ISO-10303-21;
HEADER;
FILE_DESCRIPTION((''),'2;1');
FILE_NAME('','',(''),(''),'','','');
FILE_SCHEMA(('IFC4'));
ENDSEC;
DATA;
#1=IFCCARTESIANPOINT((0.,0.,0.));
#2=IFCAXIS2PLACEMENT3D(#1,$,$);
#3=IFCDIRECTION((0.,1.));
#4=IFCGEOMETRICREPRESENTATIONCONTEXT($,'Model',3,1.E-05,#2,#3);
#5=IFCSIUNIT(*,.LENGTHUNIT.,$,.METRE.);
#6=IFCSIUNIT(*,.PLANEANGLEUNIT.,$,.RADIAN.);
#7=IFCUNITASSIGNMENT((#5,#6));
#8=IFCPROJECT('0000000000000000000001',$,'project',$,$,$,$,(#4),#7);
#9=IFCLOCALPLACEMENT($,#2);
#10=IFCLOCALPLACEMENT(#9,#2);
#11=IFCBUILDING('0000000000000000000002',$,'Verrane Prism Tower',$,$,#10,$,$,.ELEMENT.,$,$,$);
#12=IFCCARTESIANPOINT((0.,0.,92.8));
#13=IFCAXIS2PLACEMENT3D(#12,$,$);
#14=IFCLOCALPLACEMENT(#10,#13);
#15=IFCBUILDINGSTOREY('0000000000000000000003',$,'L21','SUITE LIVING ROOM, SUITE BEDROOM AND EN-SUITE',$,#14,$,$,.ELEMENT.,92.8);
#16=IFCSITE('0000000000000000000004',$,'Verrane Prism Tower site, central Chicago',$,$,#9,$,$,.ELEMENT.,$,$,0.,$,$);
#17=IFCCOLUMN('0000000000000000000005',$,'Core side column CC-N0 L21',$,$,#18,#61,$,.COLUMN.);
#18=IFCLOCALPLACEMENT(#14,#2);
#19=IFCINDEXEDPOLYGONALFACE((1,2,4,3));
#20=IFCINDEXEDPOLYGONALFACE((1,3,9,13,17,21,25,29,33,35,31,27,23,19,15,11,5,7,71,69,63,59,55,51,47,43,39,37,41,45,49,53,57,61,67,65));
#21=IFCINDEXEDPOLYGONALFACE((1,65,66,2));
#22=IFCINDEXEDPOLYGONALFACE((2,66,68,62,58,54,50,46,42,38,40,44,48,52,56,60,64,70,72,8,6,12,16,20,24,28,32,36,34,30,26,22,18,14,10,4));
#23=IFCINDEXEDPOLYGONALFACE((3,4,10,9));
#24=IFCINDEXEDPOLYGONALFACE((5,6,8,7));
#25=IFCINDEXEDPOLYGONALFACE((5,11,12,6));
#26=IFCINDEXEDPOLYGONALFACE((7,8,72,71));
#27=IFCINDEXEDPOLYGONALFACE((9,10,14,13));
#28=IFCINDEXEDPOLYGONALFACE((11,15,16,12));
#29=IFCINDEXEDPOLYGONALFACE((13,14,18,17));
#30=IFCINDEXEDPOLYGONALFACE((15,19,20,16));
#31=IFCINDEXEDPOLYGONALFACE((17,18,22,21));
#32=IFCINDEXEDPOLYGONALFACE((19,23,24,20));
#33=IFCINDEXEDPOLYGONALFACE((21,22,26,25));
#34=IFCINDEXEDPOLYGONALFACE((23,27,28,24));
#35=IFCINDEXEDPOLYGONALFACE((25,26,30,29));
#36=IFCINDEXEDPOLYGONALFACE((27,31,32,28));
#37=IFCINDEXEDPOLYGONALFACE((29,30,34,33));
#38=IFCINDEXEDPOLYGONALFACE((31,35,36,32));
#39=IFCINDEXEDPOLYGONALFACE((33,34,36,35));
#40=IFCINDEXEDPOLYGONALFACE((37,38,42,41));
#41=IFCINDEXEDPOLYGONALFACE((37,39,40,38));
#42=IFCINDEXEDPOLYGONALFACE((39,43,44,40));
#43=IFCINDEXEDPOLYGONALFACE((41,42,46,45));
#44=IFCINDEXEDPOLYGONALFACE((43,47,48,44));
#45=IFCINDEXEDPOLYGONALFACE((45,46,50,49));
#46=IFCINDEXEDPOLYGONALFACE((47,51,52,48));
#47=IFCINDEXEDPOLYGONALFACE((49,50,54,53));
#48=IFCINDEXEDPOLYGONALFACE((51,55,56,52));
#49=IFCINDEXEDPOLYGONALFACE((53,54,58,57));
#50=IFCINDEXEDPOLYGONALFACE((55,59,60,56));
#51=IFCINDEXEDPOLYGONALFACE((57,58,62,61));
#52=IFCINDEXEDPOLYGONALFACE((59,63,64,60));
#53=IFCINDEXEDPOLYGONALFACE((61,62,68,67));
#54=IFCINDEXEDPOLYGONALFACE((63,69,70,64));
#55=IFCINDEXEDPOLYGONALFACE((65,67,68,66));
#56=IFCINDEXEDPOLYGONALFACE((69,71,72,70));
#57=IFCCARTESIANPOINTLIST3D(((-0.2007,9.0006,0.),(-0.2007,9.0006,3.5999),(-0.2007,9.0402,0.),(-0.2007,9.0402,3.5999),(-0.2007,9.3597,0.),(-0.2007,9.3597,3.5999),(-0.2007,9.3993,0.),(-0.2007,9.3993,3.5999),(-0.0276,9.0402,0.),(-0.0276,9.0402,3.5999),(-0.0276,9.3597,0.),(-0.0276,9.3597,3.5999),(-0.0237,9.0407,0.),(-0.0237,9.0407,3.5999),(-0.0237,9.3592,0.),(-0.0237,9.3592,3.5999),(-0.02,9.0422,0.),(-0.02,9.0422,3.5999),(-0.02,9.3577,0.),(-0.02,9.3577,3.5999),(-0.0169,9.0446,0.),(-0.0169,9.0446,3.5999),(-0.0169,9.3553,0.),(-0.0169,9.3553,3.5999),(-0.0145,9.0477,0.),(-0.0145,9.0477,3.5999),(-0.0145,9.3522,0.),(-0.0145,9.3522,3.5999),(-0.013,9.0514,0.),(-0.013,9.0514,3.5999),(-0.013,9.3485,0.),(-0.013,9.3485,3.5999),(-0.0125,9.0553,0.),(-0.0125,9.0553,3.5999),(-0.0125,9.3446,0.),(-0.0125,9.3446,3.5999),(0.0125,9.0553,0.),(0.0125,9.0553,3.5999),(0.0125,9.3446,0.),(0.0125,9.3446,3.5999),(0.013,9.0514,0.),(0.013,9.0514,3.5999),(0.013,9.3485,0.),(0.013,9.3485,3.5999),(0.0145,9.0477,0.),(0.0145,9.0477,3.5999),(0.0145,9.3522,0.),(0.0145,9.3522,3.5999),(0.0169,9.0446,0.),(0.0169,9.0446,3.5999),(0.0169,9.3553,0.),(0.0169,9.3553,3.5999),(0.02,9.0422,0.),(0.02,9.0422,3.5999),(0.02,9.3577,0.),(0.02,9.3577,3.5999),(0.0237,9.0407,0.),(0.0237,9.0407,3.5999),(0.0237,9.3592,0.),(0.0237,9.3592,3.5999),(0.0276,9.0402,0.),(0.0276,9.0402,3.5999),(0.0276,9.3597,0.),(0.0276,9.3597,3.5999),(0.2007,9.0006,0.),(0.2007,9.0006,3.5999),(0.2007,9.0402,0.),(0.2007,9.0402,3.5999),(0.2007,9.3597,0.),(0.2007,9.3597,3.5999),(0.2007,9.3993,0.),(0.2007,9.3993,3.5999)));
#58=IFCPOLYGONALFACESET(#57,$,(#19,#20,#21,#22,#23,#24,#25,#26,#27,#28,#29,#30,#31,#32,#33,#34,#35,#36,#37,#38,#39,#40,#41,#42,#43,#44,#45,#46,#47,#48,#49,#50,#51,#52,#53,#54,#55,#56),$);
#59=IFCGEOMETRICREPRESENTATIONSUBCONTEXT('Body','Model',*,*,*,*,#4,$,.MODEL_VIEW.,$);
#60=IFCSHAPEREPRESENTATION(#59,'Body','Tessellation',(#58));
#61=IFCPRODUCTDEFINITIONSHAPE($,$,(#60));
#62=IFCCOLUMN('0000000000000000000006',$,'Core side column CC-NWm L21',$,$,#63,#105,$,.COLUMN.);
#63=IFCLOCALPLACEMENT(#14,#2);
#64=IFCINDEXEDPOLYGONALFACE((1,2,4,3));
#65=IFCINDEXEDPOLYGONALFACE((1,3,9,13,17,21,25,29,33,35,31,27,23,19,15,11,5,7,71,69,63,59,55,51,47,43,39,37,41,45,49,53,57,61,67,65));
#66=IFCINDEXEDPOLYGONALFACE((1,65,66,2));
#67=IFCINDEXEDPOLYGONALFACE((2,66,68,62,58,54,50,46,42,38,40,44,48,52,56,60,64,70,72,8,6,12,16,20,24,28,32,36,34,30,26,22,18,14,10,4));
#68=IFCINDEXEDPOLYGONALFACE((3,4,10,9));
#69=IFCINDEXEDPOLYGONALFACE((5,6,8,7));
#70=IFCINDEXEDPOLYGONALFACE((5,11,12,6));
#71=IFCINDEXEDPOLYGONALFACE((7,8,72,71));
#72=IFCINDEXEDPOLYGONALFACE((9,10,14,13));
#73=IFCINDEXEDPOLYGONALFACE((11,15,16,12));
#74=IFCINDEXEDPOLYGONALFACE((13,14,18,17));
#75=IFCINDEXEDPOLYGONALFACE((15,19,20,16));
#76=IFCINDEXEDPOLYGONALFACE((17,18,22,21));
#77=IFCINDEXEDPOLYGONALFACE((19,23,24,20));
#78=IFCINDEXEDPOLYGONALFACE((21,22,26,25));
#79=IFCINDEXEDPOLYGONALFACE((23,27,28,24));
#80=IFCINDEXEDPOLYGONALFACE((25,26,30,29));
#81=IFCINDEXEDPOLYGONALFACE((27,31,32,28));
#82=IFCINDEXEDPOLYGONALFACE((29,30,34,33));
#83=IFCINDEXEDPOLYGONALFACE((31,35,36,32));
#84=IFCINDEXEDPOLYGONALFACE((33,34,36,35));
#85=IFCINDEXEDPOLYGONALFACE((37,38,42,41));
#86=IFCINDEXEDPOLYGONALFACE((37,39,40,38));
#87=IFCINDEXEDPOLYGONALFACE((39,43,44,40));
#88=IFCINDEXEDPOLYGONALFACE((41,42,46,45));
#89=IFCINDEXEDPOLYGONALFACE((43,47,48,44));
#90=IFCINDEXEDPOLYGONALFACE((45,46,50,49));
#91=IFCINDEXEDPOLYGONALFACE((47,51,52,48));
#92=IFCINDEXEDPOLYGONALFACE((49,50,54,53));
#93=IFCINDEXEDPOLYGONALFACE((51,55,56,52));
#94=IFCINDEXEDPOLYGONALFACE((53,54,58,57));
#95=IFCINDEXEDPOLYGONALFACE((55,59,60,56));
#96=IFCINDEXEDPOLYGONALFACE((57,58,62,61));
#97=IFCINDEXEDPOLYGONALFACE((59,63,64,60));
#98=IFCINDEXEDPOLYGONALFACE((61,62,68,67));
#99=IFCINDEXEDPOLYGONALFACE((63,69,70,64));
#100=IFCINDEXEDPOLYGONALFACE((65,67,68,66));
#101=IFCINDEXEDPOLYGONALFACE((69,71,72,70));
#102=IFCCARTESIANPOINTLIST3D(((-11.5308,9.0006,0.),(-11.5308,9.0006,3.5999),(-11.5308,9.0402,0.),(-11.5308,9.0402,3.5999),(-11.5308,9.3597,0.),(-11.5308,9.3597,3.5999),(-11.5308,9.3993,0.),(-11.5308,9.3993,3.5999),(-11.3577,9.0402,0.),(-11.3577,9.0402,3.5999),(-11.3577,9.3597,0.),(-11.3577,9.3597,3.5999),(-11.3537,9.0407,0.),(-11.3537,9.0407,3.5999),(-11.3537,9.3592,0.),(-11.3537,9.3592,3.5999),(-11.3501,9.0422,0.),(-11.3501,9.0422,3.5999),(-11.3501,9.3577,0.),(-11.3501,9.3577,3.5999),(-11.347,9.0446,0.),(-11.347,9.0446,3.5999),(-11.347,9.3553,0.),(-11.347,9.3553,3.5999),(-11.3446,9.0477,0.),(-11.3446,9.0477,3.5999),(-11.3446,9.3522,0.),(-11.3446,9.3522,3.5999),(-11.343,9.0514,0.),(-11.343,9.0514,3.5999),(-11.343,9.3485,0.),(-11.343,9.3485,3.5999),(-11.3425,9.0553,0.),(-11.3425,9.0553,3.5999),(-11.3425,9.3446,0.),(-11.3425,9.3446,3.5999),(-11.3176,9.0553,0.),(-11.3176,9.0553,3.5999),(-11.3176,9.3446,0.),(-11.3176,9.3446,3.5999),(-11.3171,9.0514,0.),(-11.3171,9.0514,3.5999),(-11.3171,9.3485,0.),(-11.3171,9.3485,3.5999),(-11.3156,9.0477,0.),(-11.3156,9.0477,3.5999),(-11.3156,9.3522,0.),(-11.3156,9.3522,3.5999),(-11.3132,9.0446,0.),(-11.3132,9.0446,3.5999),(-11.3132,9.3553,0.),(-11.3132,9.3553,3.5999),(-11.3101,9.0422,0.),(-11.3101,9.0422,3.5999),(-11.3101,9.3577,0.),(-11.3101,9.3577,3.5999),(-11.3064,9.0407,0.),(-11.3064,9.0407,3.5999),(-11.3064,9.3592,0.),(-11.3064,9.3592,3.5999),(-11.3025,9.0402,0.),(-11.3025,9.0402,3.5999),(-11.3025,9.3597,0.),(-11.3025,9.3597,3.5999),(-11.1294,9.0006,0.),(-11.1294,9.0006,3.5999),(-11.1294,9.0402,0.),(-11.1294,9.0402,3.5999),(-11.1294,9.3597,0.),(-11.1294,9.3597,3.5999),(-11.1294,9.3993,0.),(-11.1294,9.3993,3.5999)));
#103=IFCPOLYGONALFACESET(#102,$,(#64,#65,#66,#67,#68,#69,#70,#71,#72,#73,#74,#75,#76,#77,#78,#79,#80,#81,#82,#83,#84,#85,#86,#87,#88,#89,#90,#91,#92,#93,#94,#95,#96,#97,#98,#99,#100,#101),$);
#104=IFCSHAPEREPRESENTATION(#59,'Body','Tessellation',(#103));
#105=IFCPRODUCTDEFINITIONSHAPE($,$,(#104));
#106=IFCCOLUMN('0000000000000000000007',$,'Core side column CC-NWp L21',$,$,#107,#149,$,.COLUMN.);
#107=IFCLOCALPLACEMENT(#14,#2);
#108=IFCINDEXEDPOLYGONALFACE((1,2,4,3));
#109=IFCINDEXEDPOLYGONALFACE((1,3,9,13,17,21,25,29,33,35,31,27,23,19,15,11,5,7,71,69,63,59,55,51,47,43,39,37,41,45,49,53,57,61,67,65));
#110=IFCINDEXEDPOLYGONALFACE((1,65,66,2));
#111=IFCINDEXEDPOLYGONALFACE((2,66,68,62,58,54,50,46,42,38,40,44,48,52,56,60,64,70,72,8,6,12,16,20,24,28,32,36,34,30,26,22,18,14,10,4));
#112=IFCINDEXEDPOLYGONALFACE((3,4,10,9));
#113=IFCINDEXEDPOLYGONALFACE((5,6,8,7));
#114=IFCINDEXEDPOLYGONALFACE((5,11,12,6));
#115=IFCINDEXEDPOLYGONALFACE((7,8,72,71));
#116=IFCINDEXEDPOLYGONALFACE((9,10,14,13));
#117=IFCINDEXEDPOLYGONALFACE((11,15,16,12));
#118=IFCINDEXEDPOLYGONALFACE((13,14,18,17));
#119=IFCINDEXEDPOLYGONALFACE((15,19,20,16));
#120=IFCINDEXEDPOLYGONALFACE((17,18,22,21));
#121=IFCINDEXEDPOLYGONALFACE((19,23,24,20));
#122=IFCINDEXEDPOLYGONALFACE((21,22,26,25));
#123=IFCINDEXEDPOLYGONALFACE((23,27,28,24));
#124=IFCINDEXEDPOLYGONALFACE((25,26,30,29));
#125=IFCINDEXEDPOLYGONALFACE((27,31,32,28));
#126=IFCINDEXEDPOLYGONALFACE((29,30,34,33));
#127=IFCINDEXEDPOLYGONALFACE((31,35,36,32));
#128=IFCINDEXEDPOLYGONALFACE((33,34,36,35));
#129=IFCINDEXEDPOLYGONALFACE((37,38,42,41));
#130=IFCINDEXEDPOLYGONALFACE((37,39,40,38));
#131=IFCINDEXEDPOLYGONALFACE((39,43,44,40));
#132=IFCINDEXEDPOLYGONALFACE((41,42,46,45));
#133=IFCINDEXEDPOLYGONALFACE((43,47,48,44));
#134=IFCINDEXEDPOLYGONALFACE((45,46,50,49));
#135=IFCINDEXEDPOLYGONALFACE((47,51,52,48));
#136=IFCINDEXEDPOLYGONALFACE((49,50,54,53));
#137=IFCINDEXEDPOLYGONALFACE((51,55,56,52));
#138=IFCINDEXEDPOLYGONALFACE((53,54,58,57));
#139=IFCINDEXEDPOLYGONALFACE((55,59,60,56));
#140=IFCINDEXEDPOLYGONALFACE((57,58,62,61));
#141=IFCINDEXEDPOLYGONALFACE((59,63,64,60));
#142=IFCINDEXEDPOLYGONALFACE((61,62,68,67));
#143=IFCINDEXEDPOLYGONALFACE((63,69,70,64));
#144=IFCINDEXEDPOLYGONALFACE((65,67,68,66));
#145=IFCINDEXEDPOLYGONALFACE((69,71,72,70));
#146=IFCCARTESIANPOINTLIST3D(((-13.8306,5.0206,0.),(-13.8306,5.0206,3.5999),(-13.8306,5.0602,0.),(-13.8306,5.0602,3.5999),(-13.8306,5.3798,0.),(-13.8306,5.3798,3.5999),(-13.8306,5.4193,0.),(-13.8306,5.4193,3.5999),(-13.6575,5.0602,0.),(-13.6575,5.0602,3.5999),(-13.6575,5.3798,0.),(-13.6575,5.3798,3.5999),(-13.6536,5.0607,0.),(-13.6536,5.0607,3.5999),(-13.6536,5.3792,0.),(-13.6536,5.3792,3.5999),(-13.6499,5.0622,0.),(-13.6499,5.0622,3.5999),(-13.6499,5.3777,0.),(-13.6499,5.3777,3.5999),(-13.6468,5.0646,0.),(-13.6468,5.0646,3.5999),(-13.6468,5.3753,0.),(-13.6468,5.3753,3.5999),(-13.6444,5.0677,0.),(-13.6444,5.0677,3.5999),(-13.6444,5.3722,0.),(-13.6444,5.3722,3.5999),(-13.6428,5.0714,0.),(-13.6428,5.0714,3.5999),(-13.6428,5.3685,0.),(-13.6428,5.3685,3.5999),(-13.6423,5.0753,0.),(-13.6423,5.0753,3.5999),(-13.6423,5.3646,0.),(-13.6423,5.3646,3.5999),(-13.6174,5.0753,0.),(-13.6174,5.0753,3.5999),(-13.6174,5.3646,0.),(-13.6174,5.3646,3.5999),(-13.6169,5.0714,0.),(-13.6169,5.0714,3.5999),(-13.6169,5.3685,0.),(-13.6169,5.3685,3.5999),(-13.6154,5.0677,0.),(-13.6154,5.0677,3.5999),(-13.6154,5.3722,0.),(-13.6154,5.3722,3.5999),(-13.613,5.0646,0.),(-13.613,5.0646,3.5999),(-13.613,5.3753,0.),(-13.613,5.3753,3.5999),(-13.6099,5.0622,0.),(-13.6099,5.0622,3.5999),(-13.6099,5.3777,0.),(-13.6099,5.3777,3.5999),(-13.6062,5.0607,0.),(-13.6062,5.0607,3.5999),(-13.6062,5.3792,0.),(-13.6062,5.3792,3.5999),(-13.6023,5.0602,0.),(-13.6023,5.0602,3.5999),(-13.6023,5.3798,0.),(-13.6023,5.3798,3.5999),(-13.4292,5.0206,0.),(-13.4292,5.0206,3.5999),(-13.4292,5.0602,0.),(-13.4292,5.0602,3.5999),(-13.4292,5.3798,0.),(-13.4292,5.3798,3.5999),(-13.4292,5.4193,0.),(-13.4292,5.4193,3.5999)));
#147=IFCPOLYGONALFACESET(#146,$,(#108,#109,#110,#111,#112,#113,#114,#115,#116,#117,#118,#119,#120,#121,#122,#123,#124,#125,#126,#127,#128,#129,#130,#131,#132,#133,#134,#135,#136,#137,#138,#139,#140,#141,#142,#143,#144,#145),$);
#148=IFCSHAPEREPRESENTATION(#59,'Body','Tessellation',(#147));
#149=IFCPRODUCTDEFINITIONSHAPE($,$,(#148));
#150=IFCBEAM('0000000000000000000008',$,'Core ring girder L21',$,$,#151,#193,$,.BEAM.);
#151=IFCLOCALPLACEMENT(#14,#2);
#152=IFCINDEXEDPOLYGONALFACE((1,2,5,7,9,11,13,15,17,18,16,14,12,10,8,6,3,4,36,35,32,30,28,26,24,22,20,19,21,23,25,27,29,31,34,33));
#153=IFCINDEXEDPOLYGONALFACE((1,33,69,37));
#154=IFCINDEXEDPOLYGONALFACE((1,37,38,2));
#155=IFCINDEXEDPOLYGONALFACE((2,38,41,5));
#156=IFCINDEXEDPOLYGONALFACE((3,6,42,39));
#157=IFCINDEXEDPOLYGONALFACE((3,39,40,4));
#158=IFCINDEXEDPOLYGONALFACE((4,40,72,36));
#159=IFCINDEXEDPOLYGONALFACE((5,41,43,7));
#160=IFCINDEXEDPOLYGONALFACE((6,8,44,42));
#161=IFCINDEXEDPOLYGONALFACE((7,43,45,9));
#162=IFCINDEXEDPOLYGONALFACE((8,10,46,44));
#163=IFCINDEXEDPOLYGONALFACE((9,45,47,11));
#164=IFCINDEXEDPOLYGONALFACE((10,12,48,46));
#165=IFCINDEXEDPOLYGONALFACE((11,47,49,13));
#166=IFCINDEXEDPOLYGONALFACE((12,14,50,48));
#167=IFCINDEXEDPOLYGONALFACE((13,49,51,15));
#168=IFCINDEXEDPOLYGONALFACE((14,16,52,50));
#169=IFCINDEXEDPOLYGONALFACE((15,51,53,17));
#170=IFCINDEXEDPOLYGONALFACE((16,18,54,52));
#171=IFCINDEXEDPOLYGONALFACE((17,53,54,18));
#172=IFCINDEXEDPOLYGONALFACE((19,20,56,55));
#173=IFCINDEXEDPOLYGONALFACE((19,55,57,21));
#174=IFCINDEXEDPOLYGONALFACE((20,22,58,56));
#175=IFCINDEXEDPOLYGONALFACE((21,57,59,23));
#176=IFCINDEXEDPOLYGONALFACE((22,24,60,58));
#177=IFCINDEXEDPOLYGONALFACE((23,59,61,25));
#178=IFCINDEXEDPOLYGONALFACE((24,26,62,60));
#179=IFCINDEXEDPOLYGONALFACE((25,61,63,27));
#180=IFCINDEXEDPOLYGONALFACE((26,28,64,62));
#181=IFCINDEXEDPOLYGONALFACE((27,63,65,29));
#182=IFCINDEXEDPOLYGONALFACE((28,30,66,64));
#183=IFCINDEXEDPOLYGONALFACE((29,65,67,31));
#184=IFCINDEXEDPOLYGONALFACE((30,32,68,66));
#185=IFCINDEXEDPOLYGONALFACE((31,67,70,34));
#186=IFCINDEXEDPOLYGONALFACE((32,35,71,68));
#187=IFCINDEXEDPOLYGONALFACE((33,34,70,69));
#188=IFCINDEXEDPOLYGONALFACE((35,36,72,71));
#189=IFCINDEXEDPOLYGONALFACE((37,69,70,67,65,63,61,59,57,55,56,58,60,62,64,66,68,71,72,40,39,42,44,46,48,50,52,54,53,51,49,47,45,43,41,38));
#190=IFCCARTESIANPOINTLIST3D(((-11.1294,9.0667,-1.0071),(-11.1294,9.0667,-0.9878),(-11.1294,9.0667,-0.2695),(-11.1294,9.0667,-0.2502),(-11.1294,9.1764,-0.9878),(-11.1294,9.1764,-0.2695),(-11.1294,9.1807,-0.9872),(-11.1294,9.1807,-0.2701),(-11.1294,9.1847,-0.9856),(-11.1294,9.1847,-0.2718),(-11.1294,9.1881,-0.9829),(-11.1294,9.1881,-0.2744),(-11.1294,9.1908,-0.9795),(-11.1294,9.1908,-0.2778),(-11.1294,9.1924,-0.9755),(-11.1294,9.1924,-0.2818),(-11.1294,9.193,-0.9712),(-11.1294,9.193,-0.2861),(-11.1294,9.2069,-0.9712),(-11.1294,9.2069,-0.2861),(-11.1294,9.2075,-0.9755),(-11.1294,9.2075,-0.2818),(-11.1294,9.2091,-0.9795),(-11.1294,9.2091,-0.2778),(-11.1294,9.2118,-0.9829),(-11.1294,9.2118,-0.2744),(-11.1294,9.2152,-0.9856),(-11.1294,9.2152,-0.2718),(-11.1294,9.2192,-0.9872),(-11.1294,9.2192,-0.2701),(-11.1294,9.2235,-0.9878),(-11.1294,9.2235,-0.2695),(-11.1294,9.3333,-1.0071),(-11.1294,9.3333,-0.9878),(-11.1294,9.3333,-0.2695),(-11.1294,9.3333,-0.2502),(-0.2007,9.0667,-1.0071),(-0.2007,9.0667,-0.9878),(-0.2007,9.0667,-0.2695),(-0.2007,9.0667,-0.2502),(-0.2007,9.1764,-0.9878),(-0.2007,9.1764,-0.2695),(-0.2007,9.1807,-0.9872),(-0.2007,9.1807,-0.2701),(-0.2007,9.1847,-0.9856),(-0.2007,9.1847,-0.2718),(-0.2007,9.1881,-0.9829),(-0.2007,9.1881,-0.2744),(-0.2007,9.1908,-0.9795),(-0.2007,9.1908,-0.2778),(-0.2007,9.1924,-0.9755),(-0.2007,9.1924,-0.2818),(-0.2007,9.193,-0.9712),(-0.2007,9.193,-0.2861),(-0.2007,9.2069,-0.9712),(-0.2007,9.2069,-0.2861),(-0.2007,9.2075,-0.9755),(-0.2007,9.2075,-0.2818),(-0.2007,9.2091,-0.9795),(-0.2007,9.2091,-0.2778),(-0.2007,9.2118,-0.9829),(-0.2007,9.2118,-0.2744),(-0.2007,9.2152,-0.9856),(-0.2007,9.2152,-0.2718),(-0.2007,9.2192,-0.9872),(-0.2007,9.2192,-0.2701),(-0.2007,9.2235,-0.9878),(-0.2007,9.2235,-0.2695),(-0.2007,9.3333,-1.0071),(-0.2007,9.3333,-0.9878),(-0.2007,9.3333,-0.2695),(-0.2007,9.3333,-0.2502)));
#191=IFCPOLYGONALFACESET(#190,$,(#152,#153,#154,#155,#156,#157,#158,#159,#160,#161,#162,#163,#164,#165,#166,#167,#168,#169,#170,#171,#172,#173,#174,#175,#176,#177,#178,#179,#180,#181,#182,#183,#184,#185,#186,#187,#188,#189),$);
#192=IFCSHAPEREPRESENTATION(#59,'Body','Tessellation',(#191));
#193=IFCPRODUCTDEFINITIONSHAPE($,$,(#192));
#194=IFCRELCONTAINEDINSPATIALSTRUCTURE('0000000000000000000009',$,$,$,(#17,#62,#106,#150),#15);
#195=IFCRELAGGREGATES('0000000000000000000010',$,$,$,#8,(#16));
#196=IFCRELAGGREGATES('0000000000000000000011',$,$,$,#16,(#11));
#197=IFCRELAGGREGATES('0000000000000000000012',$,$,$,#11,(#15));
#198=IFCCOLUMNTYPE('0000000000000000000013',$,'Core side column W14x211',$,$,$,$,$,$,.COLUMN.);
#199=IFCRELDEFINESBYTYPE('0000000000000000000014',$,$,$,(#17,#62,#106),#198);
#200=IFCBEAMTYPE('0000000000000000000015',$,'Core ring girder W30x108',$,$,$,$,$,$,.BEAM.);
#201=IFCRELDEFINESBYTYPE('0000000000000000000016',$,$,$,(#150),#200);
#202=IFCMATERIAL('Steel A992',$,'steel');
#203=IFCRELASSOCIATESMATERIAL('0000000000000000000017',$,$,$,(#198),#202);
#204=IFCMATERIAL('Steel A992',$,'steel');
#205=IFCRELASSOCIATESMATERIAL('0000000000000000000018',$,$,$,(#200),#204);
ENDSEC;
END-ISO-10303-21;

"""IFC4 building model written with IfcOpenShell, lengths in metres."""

from ifc_helpers import new_model, si_unit, direction, frame, origin, origin_2d, place, context, subcontext, project, spatial, i_section, extrude, material, material_profile, profile_set, type_object, element, save


model = new_model("IFC4")

# Units and contexts
model_context = context("Model", 3, precision=1e-05, world=origin(), true_north=direction((0.0, 1.0)))
body_context = subcontext(model_context, "Body", "Model", "MODEL_VIEW")
ifc_project = project(units=[si_unit("LENGTHUNIT", "METRE"), si_unit("PLANEANGLEUNIT", "RADIAN")], contexts=[model_context])

# Site, building, storey
site_placement = place(None, origin())
site = spatial("IfcSite", under=ifc_project, at=site_placement, Name="Verrane Prism Tower site, central Chicago", CompositionType="ELEMENT", RefElevation=0.0)
building_placement = place(site_placement, origin())
building = spatial("IfcBuilding", under=site, at=building_placement, Name="Verrane Prism Tower", CompositionType="ELEMENT")
storey_placement = place(building_placement, frame((0.0, 0.0, 92.8)))
storey = spatial("IfcBuildingStorey", under=building, at=storey_placement, Name="L21", Description="SUITE LIVING ROOM, SUITE BEDROOM AND EN-SUITE", CompositionType="ELEMENT", Elevation=92.8)

# Columns
ifc_material_1 = material(Name="Steel A992", Category="steel")
ifc_material_profile_1 = material_profile(ifc_material_1, i_section(OverallWidth=0.4014, OverallDepth=0.3987, WebThickness=0.0249, FlangeThickness=0.0396, FilletRadius=0.0151, at=origin_2d()), Name="W14x211")
ifc_profile_set_1 = profile_set([ifc_material_profile_1], Name="Steel A992")
column_type = type_object("IfcColumnType", Name="Core side column W14x211", PredefinedType="COLUMN", material=ifc_profile_set_1)
for number, where, z_axis, x_axis, name in (
    (1, (0.0, 9.2, 0.0), (0.0, 0.0, 1.0), (1.0, 0.0, 0.0), "Core side column CC-N0 L21"),
    (2, (-11.3301, 9.2, 0.0), (0.0, 0.0, 1.0), (1.0, 0.0, 0.0), "Core side column CC-NWm L21"),
    (3, (-13.6299, 5.22, 0.0), (0.0, 0.0, 1.0), (1.0, 0.0, 0.0), "Core side column CC-NWp L21"),
):
    element("IfcColumn", number, at=place(storey_placement, frame(where, z_axis=z_axis, x_axis=x_axis)), inside=storey, type_object=column_type, Name=name, PredefinedType="COLUMN", context=body_context, shape_type="SweptSolid", body=[
        extrude(i_section(OverallWidth=0.4014, OverallDepth=0.3987, WebThickness=0.0249, FlangeThickness=0.0396, FilletRadius=0.0151, at=origin_2d()), origin(), (0.0, 0.0, 1.0), 3.5999),
    ])

# Beam
ifc_material_2 = material(Name="Steel A992", Category="steel")
ifc_material_profile_2 = material_profile(ifc_material_2, i_section(OverallWidth=0.2666, OverallDepth=0.7568, WebThickness=0.0139, FlangeThickness=0.0193, FilletRadius=0.0166, at=origin_2d()), Name="W30x108")
ifc_profile_set_2 = profile_set([ifc_material_profile_2], Name="Steel A992")
beam_type = type_object("IfcBeamType", Name="Core ring girder W30x108", PredefinedType="BEAM", material=ifc_profile_set_2)
beam_1_placement = place(storey_placement, frame((-0.2007, 9.2, -0.6287), z_axis=(-1.0, 0.0, 0.0), x_axis=(0.0, -1.0, 0.0)))
element("IfcBeam", 4, at=beam_1_placement, inside=storey, type_object=beam_type, Name="Core ring girder L21", PredefinedType="BEAM", context=body_context, shape_type="SweptSolid", body=[
    extrude(i_section(OverallWidth=0.2666, OverallDepth=0.7568, WebThickness=0.0139, FlangeThickness=0.0193, FilletRadius=0.0166, at=origin_2d()), origin(), (0.0, 0.0, 1.0), 10.9287),
])

save(model, "model.ifc")
